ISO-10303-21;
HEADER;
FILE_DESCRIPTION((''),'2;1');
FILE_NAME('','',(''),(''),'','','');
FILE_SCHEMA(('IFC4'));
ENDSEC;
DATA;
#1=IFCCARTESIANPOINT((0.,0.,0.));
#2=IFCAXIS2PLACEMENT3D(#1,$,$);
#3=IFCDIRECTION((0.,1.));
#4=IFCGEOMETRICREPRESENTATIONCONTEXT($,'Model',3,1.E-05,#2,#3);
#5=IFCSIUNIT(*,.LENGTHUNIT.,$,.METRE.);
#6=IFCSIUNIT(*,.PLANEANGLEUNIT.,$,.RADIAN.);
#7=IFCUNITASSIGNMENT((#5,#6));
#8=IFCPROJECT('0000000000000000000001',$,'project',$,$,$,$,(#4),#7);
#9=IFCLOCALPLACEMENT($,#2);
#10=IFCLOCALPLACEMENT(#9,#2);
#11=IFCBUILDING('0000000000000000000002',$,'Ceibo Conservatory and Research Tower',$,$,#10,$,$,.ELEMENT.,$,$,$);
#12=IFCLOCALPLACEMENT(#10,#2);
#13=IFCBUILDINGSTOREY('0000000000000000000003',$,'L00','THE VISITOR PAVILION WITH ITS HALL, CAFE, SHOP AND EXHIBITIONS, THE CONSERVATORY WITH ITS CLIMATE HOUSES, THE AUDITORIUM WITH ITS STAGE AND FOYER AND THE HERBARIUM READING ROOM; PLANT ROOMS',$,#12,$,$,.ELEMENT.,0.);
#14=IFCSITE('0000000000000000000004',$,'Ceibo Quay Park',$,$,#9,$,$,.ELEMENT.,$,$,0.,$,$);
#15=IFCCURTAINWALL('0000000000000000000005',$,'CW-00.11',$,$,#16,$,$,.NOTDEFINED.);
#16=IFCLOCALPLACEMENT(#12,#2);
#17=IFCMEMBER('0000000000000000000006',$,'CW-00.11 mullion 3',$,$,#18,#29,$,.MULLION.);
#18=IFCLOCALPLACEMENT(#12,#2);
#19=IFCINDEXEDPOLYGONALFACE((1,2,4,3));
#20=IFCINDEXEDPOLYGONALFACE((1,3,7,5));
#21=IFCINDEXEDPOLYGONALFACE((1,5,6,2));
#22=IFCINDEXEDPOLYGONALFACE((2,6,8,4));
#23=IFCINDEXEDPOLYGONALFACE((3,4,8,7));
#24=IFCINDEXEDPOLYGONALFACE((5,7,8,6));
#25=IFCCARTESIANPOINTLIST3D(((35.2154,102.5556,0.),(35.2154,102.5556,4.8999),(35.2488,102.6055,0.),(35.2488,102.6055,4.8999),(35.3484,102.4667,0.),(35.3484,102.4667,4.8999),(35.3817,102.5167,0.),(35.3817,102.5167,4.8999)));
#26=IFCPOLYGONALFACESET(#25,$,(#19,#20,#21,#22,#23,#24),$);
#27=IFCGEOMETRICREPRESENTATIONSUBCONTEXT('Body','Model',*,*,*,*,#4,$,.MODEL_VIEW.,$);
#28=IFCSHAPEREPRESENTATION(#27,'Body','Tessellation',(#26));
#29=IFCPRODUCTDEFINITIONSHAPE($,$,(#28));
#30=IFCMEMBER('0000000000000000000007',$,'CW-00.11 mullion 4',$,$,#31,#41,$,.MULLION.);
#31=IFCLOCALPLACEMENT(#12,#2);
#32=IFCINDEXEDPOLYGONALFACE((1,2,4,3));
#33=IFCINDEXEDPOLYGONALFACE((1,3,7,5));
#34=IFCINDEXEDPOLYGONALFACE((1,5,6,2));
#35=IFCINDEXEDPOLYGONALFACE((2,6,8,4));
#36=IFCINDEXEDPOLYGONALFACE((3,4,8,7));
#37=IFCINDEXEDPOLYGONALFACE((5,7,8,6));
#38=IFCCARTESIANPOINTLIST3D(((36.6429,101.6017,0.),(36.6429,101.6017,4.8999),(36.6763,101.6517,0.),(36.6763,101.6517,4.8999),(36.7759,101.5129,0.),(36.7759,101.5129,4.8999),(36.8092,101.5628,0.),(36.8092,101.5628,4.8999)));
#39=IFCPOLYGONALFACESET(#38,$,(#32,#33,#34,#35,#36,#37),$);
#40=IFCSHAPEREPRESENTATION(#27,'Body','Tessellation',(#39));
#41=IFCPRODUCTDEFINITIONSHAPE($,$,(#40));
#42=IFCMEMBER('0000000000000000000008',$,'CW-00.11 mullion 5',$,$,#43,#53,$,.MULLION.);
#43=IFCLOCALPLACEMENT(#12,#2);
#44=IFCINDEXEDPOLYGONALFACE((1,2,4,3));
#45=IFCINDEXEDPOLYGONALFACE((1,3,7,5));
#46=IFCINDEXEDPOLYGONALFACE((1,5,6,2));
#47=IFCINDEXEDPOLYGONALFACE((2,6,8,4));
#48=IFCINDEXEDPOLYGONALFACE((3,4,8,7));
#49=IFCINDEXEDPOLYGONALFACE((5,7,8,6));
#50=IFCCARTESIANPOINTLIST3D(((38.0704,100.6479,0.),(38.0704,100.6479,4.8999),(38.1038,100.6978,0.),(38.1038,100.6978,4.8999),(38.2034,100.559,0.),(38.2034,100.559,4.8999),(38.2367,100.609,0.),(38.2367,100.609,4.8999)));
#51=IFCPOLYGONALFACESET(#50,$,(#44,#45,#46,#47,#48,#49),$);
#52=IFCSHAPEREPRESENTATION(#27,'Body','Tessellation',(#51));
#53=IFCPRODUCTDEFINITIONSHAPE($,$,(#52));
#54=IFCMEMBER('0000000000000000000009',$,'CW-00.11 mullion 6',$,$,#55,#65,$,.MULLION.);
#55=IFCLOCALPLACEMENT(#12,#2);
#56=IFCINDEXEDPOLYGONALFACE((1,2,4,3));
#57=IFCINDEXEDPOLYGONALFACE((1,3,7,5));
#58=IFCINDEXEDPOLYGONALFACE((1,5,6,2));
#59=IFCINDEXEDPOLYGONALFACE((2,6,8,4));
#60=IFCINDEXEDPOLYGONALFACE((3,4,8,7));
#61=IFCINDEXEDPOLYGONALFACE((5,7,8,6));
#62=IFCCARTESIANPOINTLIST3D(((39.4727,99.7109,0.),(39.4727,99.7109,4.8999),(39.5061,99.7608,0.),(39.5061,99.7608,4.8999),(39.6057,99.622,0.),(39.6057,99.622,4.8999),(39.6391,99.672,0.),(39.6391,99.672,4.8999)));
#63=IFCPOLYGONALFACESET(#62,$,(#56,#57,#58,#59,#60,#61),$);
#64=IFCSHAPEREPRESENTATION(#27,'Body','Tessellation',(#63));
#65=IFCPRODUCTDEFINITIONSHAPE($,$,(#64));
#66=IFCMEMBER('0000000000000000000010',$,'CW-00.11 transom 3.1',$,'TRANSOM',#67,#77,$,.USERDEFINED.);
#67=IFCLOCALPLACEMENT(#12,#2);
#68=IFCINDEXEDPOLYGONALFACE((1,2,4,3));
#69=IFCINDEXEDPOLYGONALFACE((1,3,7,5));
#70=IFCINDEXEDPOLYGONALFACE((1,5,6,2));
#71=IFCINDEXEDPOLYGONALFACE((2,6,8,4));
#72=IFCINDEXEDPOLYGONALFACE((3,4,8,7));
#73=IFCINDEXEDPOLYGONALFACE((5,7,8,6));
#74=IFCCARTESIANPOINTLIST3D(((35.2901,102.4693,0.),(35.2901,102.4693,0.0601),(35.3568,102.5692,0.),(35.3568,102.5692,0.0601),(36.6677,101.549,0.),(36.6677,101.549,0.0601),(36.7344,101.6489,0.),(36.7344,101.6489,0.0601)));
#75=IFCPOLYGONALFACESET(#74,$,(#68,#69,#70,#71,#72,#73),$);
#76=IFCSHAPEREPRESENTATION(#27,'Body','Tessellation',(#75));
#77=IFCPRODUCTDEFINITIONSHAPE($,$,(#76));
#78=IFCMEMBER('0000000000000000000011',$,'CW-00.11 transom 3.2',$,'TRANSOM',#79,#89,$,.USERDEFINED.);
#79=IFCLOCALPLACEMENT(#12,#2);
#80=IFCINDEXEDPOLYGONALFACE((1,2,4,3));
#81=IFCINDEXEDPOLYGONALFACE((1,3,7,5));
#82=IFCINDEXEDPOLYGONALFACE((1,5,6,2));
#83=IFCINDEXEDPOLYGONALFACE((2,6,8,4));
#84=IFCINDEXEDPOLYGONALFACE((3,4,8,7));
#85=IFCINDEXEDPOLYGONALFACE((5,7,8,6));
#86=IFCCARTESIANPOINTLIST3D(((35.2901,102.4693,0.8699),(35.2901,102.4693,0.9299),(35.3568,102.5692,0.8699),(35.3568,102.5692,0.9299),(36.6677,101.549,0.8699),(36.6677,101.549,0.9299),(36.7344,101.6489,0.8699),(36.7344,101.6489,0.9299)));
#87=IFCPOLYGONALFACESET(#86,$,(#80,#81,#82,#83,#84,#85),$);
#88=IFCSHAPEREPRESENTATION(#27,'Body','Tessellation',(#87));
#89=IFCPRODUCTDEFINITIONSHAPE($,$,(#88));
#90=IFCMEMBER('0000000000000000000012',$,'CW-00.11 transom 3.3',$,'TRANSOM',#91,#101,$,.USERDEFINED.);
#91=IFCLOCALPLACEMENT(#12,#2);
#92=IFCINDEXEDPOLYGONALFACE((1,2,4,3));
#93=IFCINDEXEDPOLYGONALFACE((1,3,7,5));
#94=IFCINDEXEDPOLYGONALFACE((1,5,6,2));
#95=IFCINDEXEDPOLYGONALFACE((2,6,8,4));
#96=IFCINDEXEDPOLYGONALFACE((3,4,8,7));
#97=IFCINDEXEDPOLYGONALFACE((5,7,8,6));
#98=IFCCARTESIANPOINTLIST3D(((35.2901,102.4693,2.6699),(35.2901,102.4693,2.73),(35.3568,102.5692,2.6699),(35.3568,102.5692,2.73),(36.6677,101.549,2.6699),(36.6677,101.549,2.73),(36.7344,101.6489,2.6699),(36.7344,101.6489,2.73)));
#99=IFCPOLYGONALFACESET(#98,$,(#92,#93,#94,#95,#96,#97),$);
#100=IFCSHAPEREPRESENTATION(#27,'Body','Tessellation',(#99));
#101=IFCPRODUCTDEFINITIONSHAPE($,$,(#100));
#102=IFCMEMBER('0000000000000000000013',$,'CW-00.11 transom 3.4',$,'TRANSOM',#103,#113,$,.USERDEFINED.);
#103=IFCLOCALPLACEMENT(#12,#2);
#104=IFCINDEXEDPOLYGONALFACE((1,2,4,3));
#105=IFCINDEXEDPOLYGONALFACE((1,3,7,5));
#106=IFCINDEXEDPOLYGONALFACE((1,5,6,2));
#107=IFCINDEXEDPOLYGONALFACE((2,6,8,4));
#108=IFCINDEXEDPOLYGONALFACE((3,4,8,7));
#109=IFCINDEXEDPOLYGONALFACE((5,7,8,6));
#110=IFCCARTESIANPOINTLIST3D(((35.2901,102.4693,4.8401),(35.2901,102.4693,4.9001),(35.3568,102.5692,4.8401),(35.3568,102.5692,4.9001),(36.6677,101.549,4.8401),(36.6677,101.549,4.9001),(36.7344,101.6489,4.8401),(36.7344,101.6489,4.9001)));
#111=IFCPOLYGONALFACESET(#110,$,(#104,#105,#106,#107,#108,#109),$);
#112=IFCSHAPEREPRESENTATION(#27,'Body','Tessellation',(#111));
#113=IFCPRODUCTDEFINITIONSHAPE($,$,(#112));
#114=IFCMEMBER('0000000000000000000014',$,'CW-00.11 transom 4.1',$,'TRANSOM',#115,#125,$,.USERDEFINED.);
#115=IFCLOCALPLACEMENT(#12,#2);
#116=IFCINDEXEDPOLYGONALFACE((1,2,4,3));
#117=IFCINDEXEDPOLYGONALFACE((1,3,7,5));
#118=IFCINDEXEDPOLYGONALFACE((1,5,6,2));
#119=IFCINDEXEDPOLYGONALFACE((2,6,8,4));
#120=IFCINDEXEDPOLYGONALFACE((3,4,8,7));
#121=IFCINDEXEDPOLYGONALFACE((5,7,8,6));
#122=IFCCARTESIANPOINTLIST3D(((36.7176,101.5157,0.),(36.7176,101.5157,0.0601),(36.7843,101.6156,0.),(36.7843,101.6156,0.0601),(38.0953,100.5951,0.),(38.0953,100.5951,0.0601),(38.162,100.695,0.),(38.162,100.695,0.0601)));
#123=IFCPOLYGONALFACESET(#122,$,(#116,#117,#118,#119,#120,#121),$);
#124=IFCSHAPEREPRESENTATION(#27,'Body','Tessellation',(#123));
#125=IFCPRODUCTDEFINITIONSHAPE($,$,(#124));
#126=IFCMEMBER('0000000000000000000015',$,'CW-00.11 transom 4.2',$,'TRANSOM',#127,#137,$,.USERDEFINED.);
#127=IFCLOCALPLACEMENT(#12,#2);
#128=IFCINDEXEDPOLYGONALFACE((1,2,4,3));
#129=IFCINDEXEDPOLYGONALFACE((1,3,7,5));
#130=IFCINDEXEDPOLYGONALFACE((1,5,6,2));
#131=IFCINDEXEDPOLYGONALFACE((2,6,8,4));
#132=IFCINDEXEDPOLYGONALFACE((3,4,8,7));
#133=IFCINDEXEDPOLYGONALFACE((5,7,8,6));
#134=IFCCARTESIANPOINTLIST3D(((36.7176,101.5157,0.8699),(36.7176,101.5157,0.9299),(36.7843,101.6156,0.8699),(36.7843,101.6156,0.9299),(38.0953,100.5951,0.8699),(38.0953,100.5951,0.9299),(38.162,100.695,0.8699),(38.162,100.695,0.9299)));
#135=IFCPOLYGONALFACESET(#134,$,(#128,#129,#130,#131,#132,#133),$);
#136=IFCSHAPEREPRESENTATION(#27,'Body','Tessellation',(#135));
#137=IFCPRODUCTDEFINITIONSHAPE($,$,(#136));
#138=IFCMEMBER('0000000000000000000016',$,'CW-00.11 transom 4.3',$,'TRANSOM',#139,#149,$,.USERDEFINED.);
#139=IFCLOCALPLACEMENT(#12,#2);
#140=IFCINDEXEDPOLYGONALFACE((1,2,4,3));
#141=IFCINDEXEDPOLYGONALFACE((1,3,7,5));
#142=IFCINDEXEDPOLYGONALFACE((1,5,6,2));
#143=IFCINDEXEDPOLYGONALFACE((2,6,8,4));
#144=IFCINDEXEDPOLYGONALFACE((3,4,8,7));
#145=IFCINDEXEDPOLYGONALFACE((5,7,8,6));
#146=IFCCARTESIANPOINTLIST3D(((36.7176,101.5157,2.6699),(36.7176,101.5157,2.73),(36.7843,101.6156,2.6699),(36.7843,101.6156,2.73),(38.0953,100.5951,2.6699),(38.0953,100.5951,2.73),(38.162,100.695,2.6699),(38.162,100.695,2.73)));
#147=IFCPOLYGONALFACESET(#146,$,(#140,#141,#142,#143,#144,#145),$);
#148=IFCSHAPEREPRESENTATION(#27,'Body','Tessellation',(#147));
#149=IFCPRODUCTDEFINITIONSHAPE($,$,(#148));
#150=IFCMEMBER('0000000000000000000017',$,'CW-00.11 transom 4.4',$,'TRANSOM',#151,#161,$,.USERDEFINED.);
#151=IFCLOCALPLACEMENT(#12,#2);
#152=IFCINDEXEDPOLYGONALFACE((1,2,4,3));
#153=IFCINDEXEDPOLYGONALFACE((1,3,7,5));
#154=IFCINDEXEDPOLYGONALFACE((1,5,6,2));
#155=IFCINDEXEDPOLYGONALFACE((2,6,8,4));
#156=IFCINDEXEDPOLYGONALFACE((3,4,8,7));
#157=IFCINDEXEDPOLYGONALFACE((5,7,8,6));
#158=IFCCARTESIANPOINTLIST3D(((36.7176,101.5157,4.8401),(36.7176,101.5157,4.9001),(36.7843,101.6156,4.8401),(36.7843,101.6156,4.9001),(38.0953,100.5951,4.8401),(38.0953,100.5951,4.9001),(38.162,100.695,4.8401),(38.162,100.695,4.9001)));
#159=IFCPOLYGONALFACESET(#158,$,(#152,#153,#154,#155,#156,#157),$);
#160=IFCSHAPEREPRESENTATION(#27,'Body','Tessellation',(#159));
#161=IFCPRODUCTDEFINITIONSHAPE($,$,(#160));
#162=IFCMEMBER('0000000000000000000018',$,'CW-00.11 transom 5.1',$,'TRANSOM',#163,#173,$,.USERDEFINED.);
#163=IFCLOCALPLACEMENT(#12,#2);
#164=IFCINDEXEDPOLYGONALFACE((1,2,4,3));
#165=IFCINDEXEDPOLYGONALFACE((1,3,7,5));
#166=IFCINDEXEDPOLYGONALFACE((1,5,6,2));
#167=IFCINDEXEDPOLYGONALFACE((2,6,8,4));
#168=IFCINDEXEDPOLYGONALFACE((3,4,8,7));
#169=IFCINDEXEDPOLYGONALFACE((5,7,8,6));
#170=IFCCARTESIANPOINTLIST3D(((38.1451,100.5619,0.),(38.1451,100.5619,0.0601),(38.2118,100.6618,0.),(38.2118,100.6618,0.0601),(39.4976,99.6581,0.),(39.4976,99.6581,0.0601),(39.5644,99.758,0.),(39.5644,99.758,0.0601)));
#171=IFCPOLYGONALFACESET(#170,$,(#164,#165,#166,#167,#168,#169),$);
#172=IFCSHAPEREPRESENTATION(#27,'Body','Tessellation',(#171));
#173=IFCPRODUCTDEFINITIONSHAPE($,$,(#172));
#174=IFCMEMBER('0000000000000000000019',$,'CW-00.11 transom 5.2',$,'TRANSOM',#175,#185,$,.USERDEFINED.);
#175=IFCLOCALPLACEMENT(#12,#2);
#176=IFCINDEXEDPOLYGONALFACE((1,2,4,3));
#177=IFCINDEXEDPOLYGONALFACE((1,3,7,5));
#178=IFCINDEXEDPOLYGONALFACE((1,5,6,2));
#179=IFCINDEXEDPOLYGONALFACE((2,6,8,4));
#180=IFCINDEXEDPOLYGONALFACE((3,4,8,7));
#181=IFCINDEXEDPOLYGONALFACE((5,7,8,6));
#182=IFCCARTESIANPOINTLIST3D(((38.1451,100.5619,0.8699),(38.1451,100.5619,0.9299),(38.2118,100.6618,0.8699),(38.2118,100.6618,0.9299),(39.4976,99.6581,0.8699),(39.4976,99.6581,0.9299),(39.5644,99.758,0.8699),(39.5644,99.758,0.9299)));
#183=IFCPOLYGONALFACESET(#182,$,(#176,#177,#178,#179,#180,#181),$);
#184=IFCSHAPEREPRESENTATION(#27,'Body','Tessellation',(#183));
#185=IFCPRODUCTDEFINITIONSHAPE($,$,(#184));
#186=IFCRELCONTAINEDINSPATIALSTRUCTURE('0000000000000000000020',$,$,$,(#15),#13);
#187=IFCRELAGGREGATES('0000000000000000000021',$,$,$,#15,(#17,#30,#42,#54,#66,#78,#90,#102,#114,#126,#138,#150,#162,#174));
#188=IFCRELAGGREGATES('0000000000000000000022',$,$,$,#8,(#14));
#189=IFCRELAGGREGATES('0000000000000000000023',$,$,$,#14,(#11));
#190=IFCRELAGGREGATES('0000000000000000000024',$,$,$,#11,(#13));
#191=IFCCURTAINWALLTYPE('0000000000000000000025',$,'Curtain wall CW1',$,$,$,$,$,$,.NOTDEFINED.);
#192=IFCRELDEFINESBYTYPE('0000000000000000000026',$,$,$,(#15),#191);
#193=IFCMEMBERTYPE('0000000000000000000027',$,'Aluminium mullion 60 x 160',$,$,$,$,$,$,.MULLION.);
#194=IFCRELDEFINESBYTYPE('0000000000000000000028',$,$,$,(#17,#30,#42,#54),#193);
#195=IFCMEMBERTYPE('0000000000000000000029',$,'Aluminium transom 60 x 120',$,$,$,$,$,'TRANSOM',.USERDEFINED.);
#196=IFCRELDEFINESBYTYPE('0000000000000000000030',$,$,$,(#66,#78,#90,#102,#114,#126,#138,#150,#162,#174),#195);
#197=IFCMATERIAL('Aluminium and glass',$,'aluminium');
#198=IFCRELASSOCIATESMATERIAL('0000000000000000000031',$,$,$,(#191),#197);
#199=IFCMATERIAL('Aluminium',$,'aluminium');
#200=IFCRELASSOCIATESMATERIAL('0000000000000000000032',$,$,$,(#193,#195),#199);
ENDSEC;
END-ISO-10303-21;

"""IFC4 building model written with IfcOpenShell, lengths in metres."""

from ifc_helpers import new_model, si_unit, direction, frame, origin, origin_2d, place, context, subcontext, project, spatial, rectangle, extrude, material, material_profile, profile_set, type_object, element, aggregate, save


model = new_model("IFC4")

# Units and contexts
model_context = context("Model", 3, precision=1e-05, world=origin(), true_north=direction((0.0, 1.0)))
body_context = subcontext(model_context, "Body", "Model", "MODEL_VIEW")
ifc_project = project(units=[si_unit("LENGTHUNIT", "METRE"), si_unit("PLANEANGLEUNIT", "RADIAN")], contexts=[model_context])

# Site, building, storey
site_placement = place(None, origin())
site = spatial("IfcSite", under=ifc_project, at=site_placement, Name="Ceibo Quay Park", CompositionType="ELEMENT", RefElevation=0.0)
building_placement = place(site_placement, origin())
building = spatial("IfcBuilding", under=site, at=building_placement, Name="Ceibo Conservatory and Research Tower", CompositionType="ELEMENT")
storey_placement = place(building_placement, origin())
storey = spatial("IfcBuildingStorey", under=building, at=storey_placement, Name="L00", Description="THE VISITOR PAVILION WITH ITS HALL, CAFE, SHOP AND EXHIBITIONS, THE CONSERVATORY WITH ITS CLIMATE HOUSES, THE AUDITORIUM WITH ITS STAGE AND FOYER AND THE HERBARIUM READING ROOM; PLANT ROOMS", CompositionType="ELEMENT", Elevation=0.0)

# Curtain wall, members
ifc_material_1 = material(Name="Aluminium and glass", Category="aluminium")
curtain_wall_type = type_object("IfcCurtainWallType", Name="Curtain wall CW1", PredefinedType="NOTDEFINED", material=ifc_material_1)
curtain_wall_placement = place(storey_placement, origin())
curtain_wall = element("IfcCurtainWall", 1, at=curtain_wall_placement, inside=storey, type_object=curtain_wall_type, Name="CW-00.11", PredefinedType="NOTDEFINED")
ifc_material_2 = material(Name="Aluminium", Category="aluminium")
ifc_material_profile_1 = material_profile(ifc_material_2, rectangle(XDim=0.0601, YDim=0.1599, at=origin_2d()), Name="Aluminium 60 x 160")
ifc_profile_set_1 = profile_set([ifc_material_profile_1], Name="Aluminium")
member_type_1 = type_object("IfcMemberType", Name="Aluminium mullion 60 x 160", PredefinedType="MULLION", material=ifc_profile_set_1)
member_1_placement = place(storey_placement, frame((35.2986, 102.5361, 0.0), z_axis=(0.0, 0.0, 1.0), x_axis=(0.55557, 0.83147, 0.0)))
member_1 = element("IfcMember", 2, at=member_1_placement, type_object=member_type_1, Name="CW-00.11 mullion 3", PredefinedType="MULLION", context=body_context, shape_type="SweptSolid", body=[
    extrude(rectangle(XDim=0.0601, YDim=0.1599, at=origin_2d()), origin(), (0.0, 0.0, 1.0), 4.8999),
])
member_2_placement = place(storey_placement, frame((36.7261, 101.5823, 0.0), z_axis=(0.0, 0.0, 1.0), x_axis=(0.55557, 0.83147, 0.0)))
member_2 = element("IfcMember", 3, at=member_2_placement, type_object=member_type_1, Name="CW-00.11 mullion 4", PredefinedType="MULLION", context=body_context, shape_type="SweptSolid", body=[
    extrude(rectangle(XDim=0.0601, YDim=0.1599, at=origin_2d()), origin(), (0.0, 0.0, 1.0), 4.8999),
])
member_3_placement = place(storey_placement, frame((38.1536, 100.6284, 0.0), z_axis=(0.0, 0.0, 1.0), x_axis=(0.55557, 0.83147, 0.0)))
member_3 = element("IfcMember", 4, at=member_3_placement, type_object=member_type_1, Name="CW-00.11 mullion 5", PredefinedType="MULLION", context=body_context, shape_type="SweptSolid", body=[
    extrude(rectangle(XDim=0.0601, YDim=0.1599, at=origin_2d()), origin(), (0.0, 0.0, 1.0), 4.8999),
])
member_4_placement = place(storey_placement, frame((39.5559, 99.6914, 0.0), z_axis=(0.0, 0.0, 1.0), x_axis=(0.55557, 0.83147, 0.0)))
member_4 = element("IfcMember", 5, at=member_4_placement, type_object=member_type_1, Name="CW-00.11 mullion 6", PredefinedType="MULLION", context=body_context, shape_type="SweptSolid", body=[
    extrude(rectangle(XDim=0.0601, YDim=0.1599, at=origin_2d()), origin(), (0.0, 0.0, 1.0), 4.8999),
])
ifc_material_profile_2 = material_profile(ifc_material_2, rectangle(XDim=0.1201, YDim=0.0601, at=origin_2d()), Name="Aluminium 60 x 120")
ifc_profile_set_2 = profile_set([ifc_material_profile_2], Name="Aluminium")
member_type_2 = type_object("IfcMemberType", Name="Aluminium transom 60 x 120", ElementType="TRANSOM", PredefinedType="USERDEFINED", material=ifc_profile_set_2)
member_5_placement = place(storey_placement, frame((35.3235, 102.5193, 0.03), z_axis=(0.831506, -0.555516, 0.0), x_axis=(0.555516, 0.831506, 0.0)))
member_5 = element("IfcMember", 6, at=member_5_placement, type_object=member_type_2, Name="CW-00.11 transom 3.1", ObjectType="TRANSOM", PredefinedType="USERDEFINED", context=body_context, shape_type="SweptSolid", body=[
    extrude(rectangle(XDim=0.1201, YDim=0.0601, at=origin_2d()), origin(), (0.0, 0.0, 1.0), 1.6567),
])
member_6_placement = place(storey_placement, frame((35.3235, 102.5193, 0.8999), z_axis=(0.831506, -0.555516, 0.0), x_axis=(0.555516, 0.831506, 0.0)))
member_6 = element("IfcMember", 7, at=member_6_placement, type_object=member_type_2, Name="CW-00.11 transom 3.2", ObjectType="TRANSOM", PredefinedType="USERDEFINED", context=body_context, shape_type="SweptSolid", body=[
    extrude(rectangle(XDim=0.1201, YDim=0.0601, at=origin_2d()), origin(), (0.0, 0.0, 1.0), 1.6567),
])
member_7_placement = place(storey_placement, frame((35.3235, 102.5193, 2.7), z_axis=(0.831506, -0.555516, 0.0), x_axis=(0.555516, 0.831506, 0.0)))
member_7 = element("IfcMember", 8, at=member_7_placement, type_object=member_type_2, Name="CW-00.11 transom 3.3", ObjectType="TRANSOM", PredefinedType="USERDEFINED", context=body_context, shape_type="SweptSolid", body=[
    extrude(rectangle(XDim=0.1201, YDim=0.0601, at=origin_2d()), origin(), (0.0, 0.0, 1.0), 1.6567),
])
member_8_placement = place(storey_placement, frame((35.3235, 102.5193, 4.8701), z_axis=(0.831506, -0.555516, 0.0), x_axis=(0.555516, 0.831506, 0.0)))
member_8 = element("IfcMember", 9, at=member_8_placement, type_object=member_type_2, Name="CW-00.11 transom 3.4", ObjectType="TRANSOM", PredefinedType="USERDEFINED", context=body_context, shape_type="SweptSolid", body=[
    extrude(rectangle(XDim=0.1201, YDim=0.0601, at=origin_2d()), origin(), (0.0, 0.0, 1.0), 1.6567),
])
member_9_placement = place(storey_placement, frame((36.751, 101.5657, 0.03), z_axis=(0.831438, -0.555618, 0.0), x_axis=(0.555618, 0.831438, 0.0)))
member_9 = element("IfcMember", 10, at=member_9_placement, type_object=member_type_2, Name="CW-00.11 transom 4.1", ObjectType="TRANSOM", PredefinedType="USERDEFINED", context=body_context, shape_type="SweptSolid", body=[
    extrude(rectangle(XDim=0.1201, YDim=0.0601, at=origin_2d()), origin(), (0.0, 0.0, 1.0), 1.657),
])
member_10_placement = place(storey_placement, frame((36.751, 101.5657, 0.8999), z_axis=(0.831438, -0.555618, 0.0), x_axis=(0.555618, 0.831438, 0.0)))
member_10 = element("IfcMember", 11, at=member_10_placement, type_object=member_type_2, Name="CW-00.11 transom 4.2", ObjectType="TRANSOM", PredefinedType="USERDEFINED", context=body_context, shape_type="SweptSolid", body=[
    extrude(rectangle(XDim=0.1201, YDim=0.0601, at=origin_2d()), origin(), (0.0, 0.0, 1.0), 1.657),
])
member_11_placement = place(storey_placement, frame((36.751, 101.5657, 2.7), z_axis=(0.831438, -0.555618, 0.0), x_axis=(0.555618, 0.831438, 0.0)))
member_11 = element("IfcMember", 12, at=member_11_placement, type_object=member_type_2, Name="CW-00.11 transom 4.3", ObjectType="TRANSOM", PredefinedType="USERDEFINED", context=body_context, shape_type="SweptSolid", body=[
    extrude(rectangle(XDim=0.1201, YDim=0.0601, at=origin_2d()), origin(), (0.0, 0.0, 1.0), 1.657),
])
member_12_placement = place(storey_placement, frame((36.751, 101.5657, 4.8701), z_axis=(0.831438, -0.555618, 0.0), x_axis=(0.555618, 0.831438, 0.0)))
member_12 = element("IfcMember", 13, at=member_12_placement, type_object=member_type_2, Name="CW-00.11 transom 4.4", ObjectType="TRANSOM", PredefinedType="USERDEFINED", context=body_context, shape_type="SweptSolid", body=[
    extrude(rectangle(XDim=0.1201, YDim=0.0601, at=origin_2d()), origin(), (0.0, 0.0, 1.0), 1.657),
])
member_13_placement = place(storey_placement, frame((38.1785, 100.6118, 0.03), z_axis=(0.831449, -0.5556, 0.0), x_axis=(0.5556, 0.831449, 0.0)))
member_13 = element("IfcMember", 14, at=member_13_placement, type_object=member_type_2, Name="CW-00.11 transom 5.1", ObjectType="TRANSOM", PredefinedType="USERDEFINED", context=body_context, shape_type="SweptSolid", body=[
    extrude(rectangle(XDim=0.1201, YDim=0.0601, at=origin_2d()), origin(), (0.0, 0.0, 1.0), 1.6267),
])
member_14_placement = place(storey_placement, frame((38.1785, 100.6118, 0.8999), z_axis=(0.831449, -0.5556, 0.0), x_axis=(0.5556, 0.831449, 0.0)))
member_14 = element("IfcMember", 15, at=member_14_placement, type_object=member_type_2, Name="CW-00.11 transom 5.2", ObjectType="TRANSOM", PredefinedType="USERDEFINED", context=body_context, shape_type="SweptSolid", body=[
    extrude(rectangle(XDim=0.1201, YDim=0.0601, at=origin_2d()), origin(), (0.0, 0.0, 1.0), 1.6267),
])

aggregate(curtain_wall, [member_1, member_2, member_3, member_4, member_5, member_6, member_7, member_8, member_9, member_10, member_11, member_12, member_13, member_14])

save(model, "model.ifc")
